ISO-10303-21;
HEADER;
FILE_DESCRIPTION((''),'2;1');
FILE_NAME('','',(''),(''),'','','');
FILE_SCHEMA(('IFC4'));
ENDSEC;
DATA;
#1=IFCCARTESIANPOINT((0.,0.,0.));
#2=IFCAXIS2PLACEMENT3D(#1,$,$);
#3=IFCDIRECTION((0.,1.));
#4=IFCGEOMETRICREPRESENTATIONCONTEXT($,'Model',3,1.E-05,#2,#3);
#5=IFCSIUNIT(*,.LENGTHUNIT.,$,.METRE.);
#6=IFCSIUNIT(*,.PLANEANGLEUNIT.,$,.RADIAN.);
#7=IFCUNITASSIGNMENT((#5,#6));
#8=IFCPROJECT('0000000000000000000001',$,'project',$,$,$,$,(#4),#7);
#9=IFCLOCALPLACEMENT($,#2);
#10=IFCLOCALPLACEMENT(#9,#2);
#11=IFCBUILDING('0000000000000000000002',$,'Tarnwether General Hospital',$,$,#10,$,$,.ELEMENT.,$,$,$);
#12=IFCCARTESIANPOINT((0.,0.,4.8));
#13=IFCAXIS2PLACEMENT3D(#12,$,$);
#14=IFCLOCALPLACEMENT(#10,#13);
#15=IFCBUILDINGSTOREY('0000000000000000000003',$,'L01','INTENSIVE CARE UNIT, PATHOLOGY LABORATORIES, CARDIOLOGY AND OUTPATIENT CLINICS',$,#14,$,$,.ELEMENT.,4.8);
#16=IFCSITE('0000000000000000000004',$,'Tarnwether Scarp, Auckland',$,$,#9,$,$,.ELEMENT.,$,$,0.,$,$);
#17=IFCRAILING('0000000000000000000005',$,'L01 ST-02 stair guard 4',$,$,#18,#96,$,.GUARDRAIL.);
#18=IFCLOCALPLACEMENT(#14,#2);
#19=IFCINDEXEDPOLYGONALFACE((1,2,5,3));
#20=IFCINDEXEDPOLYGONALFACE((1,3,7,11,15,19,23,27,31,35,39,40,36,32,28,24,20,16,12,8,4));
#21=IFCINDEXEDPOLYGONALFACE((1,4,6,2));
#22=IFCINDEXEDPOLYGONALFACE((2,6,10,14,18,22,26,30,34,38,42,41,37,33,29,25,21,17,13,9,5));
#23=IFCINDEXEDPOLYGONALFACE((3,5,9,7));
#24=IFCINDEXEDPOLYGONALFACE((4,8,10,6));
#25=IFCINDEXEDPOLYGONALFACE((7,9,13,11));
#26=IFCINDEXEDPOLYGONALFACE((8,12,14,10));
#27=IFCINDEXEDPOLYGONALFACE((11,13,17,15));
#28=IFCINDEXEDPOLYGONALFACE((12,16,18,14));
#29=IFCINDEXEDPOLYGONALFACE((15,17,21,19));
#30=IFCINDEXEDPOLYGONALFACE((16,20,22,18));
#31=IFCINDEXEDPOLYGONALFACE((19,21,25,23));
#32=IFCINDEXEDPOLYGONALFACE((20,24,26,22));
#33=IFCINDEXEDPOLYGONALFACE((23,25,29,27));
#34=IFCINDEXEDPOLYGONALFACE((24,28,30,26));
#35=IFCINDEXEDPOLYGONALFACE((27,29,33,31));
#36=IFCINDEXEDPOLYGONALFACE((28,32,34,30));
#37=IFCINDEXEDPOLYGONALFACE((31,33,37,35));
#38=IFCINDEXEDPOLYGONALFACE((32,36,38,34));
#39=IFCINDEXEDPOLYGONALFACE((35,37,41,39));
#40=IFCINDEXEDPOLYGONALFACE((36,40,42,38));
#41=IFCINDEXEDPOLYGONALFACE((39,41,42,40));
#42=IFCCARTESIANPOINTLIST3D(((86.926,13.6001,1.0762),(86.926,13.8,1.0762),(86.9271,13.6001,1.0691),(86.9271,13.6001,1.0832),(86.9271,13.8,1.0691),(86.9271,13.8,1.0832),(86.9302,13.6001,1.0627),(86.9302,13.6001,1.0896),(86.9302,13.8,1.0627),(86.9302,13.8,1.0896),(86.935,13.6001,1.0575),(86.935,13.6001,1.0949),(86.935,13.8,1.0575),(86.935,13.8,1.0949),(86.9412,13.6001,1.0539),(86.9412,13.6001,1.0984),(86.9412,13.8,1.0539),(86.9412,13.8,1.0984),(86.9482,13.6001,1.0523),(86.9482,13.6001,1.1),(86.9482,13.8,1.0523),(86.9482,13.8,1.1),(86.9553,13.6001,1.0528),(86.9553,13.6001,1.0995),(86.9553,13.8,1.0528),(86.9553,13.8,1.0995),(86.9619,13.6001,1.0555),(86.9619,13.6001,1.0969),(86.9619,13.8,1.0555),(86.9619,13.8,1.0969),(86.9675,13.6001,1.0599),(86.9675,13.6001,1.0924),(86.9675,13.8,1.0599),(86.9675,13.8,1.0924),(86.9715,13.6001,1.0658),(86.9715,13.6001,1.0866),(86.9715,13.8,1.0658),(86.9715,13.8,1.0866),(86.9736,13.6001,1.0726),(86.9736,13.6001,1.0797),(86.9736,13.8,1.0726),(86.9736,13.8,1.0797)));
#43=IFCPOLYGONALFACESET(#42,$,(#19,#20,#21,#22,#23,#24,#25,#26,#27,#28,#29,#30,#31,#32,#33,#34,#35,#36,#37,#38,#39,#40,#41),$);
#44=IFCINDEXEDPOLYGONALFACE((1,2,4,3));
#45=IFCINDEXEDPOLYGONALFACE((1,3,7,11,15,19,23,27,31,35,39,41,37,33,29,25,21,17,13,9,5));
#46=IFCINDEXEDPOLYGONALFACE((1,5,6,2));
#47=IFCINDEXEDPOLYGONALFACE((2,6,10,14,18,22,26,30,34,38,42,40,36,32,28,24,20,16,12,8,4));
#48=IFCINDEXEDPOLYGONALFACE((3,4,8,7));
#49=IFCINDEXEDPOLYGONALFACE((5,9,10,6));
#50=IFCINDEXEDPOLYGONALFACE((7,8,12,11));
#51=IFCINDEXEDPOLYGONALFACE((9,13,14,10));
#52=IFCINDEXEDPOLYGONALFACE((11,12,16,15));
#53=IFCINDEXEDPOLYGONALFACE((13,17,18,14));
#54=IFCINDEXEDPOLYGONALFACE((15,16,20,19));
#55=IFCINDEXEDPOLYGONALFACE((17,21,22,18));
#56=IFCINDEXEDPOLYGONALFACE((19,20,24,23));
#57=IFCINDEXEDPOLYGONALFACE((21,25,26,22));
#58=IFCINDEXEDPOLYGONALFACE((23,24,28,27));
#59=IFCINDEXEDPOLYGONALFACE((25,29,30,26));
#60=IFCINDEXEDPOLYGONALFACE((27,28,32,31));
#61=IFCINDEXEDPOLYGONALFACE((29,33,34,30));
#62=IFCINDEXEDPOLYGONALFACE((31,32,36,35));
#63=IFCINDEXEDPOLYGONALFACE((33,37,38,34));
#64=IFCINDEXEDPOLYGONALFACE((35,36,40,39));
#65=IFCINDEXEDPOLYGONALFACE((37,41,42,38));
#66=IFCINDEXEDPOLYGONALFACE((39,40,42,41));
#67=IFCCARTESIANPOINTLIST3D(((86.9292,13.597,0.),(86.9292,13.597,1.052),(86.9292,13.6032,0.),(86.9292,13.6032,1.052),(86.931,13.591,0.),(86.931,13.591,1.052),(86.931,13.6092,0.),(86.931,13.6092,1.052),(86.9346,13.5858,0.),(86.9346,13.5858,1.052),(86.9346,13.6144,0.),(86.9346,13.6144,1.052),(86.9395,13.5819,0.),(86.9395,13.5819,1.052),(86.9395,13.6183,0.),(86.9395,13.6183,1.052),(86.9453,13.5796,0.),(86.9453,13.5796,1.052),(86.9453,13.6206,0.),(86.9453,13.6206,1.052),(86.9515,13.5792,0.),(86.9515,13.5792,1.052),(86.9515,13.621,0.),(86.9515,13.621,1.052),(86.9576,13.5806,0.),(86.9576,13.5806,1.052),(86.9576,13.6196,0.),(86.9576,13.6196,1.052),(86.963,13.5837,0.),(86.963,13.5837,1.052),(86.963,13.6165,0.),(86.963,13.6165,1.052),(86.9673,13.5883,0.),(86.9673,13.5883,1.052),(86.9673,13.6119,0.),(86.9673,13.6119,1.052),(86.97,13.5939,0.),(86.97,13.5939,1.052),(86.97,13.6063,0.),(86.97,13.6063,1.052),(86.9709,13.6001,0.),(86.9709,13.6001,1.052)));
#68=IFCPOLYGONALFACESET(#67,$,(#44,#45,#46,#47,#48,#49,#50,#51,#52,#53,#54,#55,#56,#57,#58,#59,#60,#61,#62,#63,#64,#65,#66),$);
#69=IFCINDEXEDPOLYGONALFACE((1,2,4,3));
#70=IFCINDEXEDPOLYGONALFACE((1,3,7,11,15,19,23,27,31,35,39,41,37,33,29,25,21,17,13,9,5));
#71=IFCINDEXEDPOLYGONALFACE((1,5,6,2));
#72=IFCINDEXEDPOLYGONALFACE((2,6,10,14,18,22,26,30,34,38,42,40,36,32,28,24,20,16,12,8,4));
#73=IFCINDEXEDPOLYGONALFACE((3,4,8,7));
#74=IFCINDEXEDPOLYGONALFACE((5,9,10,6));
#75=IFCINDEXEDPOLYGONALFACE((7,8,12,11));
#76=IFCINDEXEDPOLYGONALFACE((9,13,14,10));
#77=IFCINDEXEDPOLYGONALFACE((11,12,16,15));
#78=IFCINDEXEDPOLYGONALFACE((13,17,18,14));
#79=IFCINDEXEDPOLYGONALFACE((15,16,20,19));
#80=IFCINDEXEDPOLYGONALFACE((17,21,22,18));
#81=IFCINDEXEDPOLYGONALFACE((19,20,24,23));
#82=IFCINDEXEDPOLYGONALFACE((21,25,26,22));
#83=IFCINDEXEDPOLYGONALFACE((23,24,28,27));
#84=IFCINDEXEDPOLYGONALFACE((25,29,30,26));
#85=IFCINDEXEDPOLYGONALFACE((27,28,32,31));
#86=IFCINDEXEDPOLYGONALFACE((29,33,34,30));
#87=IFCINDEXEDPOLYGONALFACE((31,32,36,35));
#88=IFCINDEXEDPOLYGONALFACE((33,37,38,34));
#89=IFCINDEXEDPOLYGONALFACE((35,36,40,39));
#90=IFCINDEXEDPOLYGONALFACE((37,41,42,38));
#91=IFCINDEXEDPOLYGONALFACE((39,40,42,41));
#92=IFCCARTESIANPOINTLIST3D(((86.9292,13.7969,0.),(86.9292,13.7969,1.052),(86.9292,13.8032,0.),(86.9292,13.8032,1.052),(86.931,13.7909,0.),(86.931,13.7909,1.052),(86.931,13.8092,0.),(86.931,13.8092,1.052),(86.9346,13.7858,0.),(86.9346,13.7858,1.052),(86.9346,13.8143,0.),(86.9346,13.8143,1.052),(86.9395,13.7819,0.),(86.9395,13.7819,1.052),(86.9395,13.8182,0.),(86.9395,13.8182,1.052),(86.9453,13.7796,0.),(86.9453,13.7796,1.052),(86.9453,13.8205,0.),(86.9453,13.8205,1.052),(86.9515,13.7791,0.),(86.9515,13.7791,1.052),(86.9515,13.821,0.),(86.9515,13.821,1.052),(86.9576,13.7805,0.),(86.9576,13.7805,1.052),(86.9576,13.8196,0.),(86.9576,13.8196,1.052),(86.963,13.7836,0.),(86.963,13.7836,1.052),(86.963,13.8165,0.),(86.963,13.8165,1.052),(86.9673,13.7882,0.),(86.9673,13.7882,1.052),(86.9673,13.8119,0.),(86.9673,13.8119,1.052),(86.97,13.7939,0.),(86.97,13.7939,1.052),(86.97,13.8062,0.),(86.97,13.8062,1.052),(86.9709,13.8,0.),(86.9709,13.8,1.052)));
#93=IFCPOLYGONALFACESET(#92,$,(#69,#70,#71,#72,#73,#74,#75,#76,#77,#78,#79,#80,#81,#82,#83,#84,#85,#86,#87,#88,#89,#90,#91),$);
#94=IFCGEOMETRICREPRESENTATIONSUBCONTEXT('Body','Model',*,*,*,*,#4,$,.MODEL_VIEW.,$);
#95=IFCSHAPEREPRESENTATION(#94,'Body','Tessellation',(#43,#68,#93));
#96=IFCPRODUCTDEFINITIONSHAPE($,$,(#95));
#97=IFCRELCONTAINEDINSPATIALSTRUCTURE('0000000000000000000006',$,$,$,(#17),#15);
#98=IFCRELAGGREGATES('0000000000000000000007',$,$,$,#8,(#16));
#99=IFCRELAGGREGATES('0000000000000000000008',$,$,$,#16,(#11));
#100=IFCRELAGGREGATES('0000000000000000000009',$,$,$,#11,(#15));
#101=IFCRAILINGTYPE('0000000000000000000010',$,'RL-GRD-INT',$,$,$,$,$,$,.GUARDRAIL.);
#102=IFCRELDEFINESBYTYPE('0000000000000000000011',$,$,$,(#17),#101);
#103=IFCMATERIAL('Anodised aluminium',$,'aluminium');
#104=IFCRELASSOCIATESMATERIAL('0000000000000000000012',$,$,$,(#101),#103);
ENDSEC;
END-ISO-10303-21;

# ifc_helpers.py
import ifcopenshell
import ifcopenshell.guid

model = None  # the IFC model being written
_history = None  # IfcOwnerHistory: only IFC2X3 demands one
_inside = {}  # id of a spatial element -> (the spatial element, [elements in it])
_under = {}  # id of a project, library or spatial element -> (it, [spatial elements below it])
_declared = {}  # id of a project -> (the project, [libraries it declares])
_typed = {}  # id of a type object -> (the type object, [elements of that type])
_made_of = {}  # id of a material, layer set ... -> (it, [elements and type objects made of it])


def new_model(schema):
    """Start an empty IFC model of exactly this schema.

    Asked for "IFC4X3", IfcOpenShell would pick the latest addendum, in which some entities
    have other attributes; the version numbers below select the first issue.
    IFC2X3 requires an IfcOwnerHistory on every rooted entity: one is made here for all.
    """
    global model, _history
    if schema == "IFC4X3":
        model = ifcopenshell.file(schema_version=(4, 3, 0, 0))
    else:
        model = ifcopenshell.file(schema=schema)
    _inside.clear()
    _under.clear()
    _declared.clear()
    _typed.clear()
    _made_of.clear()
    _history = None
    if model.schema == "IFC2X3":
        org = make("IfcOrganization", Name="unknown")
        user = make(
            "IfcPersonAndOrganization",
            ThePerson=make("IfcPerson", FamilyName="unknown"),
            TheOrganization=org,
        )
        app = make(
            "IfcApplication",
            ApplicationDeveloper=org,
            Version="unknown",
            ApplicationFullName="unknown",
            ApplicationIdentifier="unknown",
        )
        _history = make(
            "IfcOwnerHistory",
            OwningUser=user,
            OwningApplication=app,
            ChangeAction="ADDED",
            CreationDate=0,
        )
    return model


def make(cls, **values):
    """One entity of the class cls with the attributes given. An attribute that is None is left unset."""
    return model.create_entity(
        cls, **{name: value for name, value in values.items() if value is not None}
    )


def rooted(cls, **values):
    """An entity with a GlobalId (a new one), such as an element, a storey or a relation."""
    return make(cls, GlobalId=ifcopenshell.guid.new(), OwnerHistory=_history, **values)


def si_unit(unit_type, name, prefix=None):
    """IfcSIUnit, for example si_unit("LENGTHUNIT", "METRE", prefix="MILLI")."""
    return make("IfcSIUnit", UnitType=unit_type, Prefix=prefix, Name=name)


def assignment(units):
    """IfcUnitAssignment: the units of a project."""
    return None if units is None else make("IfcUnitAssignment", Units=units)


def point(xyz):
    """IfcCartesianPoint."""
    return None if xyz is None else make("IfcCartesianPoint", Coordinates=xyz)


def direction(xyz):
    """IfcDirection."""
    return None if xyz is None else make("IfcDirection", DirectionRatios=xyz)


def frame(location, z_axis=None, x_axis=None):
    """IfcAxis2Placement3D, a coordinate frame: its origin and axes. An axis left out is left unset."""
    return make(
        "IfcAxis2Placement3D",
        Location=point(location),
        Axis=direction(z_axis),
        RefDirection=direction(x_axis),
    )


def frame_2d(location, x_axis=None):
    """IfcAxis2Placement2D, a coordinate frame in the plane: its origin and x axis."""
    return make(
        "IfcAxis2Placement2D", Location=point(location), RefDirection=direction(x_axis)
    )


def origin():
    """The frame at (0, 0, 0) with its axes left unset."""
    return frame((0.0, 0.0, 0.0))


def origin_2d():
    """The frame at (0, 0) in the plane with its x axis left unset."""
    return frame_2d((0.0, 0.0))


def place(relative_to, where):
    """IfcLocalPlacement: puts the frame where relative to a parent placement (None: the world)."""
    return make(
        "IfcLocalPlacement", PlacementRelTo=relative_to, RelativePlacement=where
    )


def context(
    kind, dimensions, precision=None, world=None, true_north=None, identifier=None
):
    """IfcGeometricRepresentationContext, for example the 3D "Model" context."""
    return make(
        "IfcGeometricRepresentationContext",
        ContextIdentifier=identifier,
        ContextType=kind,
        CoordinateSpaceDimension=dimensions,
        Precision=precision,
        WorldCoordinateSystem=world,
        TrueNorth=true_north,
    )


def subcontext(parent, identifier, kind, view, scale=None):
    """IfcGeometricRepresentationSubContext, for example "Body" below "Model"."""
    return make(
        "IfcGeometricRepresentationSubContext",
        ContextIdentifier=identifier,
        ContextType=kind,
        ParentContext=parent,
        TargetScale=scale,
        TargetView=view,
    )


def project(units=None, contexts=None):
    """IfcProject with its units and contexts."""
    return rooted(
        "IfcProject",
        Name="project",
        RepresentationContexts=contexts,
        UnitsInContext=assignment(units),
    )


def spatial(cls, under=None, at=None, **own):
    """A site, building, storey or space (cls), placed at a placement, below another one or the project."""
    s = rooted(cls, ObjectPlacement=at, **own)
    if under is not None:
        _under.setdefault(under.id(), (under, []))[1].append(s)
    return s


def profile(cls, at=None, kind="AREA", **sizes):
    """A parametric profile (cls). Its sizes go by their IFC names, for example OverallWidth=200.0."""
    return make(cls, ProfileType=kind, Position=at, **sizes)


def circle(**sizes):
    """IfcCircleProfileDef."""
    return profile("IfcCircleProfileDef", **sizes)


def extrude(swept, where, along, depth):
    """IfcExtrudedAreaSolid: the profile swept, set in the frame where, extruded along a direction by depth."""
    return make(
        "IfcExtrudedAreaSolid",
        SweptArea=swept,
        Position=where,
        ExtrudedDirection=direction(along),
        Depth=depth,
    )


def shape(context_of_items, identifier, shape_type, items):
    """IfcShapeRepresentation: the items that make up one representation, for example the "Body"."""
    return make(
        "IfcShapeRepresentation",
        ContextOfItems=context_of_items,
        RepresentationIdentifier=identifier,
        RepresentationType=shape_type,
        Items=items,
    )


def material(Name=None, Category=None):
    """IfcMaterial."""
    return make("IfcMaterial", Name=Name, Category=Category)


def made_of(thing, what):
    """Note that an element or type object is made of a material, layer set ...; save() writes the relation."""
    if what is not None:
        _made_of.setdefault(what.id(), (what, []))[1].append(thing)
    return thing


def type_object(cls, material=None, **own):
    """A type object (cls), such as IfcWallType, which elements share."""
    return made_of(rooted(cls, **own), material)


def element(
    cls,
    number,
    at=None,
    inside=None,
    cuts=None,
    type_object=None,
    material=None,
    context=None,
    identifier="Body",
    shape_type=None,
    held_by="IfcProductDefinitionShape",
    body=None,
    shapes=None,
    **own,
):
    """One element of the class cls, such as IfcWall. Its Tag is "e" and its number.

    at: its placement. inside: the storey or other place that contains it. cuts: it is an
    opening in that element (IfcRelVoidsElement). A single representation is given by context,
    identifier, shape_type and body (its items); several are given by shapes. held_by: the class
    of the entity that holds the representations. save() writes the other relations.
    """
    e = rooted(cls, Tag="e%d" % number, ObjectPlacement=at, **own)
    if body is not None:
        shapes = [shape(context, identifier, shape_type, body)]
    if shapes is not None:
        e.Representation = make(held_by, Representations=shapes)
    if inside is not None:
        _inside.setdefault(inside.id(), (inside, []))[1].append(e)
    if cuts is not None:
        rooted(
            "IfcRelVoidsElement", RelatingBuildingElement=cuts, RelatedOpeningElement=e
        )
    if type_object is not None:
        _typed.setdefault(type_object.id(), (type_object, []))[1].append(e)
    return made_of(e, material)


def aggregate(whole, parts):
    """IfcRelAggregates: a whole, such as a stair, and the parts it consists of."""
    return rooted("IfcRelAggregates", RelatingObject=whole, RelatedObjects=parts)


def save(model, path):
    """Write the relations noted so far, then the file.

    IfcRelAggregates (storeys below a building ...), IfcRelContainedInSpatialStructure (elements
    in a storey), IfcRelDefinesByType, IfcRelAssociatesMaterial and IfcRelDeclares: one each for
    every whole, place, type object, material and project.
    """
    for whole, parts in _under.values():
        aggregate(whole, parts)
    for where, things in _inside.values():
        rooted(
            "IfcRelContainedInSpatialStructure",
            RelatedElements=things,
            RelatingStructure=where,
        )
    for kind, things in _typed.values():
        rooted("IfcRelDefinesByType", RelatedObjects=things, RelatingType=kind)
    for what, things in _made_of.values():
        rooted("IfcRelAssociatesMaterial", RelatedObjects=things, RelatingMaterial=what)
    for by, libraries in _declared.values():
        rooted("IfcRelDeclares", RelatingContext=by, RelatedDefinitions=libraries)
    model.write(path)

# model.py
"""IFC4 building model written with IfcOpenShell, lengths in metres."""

from ifc_helpers import new_model, si_unit, direction, frame, origin, origin_2d, place, context, subcontext, project, spatial, circle, extrude, material, type_object, element, save


model = new_model("IFC4")

# Units and contexts
model_context = context("Model", 3, precision=1e-05, world=origin(), true_north=direction((0.0, 1.0)))
body_context = subcontext(model_context, "Body", "Model", "MODEL_VIEW")
ifc_project = project(units=[si_unit("LENGTHUNIT", "METRE"), si_unit("PLANEANGLEUNIT", "RADIAN")], contexts=[model_context])

# Site, building, storey
site_placement = place(None, origin())
site = spatial("IfcSite", under=ifc_project, at=site_placement, Name="Tarnwether Scarp, Auckland", CompositionType="ELEMENT", RefElevation=0.0)
building_placement = place(site_placement, origin())
building = spatial("IfcBuilding", under=site, at=building_placement, Name="Tarnwether General Hospital", CompositionType="ELEMENT")
storey_placement = place(building_placement, frame((0.0, 0.0, 4.8)))
storey = spatial("IfcBuildingStorey", under=building, at=storey_placement, Name="L01", Description="INTENSIVE CARE UNIT, PATHOLOGY LABORATORIES, CARDIOLOGY AND OUTPATIENT CLINICS", CompositionType="ELEMENT", Elevation=4.8)

# Railing
ifc_material_1 = material(Name="Anodised aluminium", Category="aluminium")
railing_type_1 = type_object("IfcRailingType", Name="RL-GRD-INT", PredefinedType="GUARDRAIL", material=ifc_material_1)
railing_1_placement = place(storey_placement, frame((86.95, 13.6001, 0.0)))
element("IfcRailing", 1, at=railing_1_placement, inside=storey, type_object=railing_type_1, Name="L01 ST-02 stair guard 4", PredefinedType="GUARDRAIL", context=body_context, shape_type="SweptSolid", body=[
    extrude(circle(Radius=0.0239, at=origin_2d()), frame((0.0, 0.0, 1.0762), z_axis=(0.0, 1.0, 0.0), x_axis=(-1.0, 0.0, 0.0)), (0.0, 0.0, 1.0), 0.2),
    extrude(circle(Radius=0.021, at=origin_2d()), origin(), (0.0, 0.0, 1.0), 1.052),
    extrude(circle(Radius=0.021, at=origin_2d()), frame((0.0, 0.2, 0.0)), (0.0, 0.0, 1.0), 1.052),
])

save(model, "model.ifc")
